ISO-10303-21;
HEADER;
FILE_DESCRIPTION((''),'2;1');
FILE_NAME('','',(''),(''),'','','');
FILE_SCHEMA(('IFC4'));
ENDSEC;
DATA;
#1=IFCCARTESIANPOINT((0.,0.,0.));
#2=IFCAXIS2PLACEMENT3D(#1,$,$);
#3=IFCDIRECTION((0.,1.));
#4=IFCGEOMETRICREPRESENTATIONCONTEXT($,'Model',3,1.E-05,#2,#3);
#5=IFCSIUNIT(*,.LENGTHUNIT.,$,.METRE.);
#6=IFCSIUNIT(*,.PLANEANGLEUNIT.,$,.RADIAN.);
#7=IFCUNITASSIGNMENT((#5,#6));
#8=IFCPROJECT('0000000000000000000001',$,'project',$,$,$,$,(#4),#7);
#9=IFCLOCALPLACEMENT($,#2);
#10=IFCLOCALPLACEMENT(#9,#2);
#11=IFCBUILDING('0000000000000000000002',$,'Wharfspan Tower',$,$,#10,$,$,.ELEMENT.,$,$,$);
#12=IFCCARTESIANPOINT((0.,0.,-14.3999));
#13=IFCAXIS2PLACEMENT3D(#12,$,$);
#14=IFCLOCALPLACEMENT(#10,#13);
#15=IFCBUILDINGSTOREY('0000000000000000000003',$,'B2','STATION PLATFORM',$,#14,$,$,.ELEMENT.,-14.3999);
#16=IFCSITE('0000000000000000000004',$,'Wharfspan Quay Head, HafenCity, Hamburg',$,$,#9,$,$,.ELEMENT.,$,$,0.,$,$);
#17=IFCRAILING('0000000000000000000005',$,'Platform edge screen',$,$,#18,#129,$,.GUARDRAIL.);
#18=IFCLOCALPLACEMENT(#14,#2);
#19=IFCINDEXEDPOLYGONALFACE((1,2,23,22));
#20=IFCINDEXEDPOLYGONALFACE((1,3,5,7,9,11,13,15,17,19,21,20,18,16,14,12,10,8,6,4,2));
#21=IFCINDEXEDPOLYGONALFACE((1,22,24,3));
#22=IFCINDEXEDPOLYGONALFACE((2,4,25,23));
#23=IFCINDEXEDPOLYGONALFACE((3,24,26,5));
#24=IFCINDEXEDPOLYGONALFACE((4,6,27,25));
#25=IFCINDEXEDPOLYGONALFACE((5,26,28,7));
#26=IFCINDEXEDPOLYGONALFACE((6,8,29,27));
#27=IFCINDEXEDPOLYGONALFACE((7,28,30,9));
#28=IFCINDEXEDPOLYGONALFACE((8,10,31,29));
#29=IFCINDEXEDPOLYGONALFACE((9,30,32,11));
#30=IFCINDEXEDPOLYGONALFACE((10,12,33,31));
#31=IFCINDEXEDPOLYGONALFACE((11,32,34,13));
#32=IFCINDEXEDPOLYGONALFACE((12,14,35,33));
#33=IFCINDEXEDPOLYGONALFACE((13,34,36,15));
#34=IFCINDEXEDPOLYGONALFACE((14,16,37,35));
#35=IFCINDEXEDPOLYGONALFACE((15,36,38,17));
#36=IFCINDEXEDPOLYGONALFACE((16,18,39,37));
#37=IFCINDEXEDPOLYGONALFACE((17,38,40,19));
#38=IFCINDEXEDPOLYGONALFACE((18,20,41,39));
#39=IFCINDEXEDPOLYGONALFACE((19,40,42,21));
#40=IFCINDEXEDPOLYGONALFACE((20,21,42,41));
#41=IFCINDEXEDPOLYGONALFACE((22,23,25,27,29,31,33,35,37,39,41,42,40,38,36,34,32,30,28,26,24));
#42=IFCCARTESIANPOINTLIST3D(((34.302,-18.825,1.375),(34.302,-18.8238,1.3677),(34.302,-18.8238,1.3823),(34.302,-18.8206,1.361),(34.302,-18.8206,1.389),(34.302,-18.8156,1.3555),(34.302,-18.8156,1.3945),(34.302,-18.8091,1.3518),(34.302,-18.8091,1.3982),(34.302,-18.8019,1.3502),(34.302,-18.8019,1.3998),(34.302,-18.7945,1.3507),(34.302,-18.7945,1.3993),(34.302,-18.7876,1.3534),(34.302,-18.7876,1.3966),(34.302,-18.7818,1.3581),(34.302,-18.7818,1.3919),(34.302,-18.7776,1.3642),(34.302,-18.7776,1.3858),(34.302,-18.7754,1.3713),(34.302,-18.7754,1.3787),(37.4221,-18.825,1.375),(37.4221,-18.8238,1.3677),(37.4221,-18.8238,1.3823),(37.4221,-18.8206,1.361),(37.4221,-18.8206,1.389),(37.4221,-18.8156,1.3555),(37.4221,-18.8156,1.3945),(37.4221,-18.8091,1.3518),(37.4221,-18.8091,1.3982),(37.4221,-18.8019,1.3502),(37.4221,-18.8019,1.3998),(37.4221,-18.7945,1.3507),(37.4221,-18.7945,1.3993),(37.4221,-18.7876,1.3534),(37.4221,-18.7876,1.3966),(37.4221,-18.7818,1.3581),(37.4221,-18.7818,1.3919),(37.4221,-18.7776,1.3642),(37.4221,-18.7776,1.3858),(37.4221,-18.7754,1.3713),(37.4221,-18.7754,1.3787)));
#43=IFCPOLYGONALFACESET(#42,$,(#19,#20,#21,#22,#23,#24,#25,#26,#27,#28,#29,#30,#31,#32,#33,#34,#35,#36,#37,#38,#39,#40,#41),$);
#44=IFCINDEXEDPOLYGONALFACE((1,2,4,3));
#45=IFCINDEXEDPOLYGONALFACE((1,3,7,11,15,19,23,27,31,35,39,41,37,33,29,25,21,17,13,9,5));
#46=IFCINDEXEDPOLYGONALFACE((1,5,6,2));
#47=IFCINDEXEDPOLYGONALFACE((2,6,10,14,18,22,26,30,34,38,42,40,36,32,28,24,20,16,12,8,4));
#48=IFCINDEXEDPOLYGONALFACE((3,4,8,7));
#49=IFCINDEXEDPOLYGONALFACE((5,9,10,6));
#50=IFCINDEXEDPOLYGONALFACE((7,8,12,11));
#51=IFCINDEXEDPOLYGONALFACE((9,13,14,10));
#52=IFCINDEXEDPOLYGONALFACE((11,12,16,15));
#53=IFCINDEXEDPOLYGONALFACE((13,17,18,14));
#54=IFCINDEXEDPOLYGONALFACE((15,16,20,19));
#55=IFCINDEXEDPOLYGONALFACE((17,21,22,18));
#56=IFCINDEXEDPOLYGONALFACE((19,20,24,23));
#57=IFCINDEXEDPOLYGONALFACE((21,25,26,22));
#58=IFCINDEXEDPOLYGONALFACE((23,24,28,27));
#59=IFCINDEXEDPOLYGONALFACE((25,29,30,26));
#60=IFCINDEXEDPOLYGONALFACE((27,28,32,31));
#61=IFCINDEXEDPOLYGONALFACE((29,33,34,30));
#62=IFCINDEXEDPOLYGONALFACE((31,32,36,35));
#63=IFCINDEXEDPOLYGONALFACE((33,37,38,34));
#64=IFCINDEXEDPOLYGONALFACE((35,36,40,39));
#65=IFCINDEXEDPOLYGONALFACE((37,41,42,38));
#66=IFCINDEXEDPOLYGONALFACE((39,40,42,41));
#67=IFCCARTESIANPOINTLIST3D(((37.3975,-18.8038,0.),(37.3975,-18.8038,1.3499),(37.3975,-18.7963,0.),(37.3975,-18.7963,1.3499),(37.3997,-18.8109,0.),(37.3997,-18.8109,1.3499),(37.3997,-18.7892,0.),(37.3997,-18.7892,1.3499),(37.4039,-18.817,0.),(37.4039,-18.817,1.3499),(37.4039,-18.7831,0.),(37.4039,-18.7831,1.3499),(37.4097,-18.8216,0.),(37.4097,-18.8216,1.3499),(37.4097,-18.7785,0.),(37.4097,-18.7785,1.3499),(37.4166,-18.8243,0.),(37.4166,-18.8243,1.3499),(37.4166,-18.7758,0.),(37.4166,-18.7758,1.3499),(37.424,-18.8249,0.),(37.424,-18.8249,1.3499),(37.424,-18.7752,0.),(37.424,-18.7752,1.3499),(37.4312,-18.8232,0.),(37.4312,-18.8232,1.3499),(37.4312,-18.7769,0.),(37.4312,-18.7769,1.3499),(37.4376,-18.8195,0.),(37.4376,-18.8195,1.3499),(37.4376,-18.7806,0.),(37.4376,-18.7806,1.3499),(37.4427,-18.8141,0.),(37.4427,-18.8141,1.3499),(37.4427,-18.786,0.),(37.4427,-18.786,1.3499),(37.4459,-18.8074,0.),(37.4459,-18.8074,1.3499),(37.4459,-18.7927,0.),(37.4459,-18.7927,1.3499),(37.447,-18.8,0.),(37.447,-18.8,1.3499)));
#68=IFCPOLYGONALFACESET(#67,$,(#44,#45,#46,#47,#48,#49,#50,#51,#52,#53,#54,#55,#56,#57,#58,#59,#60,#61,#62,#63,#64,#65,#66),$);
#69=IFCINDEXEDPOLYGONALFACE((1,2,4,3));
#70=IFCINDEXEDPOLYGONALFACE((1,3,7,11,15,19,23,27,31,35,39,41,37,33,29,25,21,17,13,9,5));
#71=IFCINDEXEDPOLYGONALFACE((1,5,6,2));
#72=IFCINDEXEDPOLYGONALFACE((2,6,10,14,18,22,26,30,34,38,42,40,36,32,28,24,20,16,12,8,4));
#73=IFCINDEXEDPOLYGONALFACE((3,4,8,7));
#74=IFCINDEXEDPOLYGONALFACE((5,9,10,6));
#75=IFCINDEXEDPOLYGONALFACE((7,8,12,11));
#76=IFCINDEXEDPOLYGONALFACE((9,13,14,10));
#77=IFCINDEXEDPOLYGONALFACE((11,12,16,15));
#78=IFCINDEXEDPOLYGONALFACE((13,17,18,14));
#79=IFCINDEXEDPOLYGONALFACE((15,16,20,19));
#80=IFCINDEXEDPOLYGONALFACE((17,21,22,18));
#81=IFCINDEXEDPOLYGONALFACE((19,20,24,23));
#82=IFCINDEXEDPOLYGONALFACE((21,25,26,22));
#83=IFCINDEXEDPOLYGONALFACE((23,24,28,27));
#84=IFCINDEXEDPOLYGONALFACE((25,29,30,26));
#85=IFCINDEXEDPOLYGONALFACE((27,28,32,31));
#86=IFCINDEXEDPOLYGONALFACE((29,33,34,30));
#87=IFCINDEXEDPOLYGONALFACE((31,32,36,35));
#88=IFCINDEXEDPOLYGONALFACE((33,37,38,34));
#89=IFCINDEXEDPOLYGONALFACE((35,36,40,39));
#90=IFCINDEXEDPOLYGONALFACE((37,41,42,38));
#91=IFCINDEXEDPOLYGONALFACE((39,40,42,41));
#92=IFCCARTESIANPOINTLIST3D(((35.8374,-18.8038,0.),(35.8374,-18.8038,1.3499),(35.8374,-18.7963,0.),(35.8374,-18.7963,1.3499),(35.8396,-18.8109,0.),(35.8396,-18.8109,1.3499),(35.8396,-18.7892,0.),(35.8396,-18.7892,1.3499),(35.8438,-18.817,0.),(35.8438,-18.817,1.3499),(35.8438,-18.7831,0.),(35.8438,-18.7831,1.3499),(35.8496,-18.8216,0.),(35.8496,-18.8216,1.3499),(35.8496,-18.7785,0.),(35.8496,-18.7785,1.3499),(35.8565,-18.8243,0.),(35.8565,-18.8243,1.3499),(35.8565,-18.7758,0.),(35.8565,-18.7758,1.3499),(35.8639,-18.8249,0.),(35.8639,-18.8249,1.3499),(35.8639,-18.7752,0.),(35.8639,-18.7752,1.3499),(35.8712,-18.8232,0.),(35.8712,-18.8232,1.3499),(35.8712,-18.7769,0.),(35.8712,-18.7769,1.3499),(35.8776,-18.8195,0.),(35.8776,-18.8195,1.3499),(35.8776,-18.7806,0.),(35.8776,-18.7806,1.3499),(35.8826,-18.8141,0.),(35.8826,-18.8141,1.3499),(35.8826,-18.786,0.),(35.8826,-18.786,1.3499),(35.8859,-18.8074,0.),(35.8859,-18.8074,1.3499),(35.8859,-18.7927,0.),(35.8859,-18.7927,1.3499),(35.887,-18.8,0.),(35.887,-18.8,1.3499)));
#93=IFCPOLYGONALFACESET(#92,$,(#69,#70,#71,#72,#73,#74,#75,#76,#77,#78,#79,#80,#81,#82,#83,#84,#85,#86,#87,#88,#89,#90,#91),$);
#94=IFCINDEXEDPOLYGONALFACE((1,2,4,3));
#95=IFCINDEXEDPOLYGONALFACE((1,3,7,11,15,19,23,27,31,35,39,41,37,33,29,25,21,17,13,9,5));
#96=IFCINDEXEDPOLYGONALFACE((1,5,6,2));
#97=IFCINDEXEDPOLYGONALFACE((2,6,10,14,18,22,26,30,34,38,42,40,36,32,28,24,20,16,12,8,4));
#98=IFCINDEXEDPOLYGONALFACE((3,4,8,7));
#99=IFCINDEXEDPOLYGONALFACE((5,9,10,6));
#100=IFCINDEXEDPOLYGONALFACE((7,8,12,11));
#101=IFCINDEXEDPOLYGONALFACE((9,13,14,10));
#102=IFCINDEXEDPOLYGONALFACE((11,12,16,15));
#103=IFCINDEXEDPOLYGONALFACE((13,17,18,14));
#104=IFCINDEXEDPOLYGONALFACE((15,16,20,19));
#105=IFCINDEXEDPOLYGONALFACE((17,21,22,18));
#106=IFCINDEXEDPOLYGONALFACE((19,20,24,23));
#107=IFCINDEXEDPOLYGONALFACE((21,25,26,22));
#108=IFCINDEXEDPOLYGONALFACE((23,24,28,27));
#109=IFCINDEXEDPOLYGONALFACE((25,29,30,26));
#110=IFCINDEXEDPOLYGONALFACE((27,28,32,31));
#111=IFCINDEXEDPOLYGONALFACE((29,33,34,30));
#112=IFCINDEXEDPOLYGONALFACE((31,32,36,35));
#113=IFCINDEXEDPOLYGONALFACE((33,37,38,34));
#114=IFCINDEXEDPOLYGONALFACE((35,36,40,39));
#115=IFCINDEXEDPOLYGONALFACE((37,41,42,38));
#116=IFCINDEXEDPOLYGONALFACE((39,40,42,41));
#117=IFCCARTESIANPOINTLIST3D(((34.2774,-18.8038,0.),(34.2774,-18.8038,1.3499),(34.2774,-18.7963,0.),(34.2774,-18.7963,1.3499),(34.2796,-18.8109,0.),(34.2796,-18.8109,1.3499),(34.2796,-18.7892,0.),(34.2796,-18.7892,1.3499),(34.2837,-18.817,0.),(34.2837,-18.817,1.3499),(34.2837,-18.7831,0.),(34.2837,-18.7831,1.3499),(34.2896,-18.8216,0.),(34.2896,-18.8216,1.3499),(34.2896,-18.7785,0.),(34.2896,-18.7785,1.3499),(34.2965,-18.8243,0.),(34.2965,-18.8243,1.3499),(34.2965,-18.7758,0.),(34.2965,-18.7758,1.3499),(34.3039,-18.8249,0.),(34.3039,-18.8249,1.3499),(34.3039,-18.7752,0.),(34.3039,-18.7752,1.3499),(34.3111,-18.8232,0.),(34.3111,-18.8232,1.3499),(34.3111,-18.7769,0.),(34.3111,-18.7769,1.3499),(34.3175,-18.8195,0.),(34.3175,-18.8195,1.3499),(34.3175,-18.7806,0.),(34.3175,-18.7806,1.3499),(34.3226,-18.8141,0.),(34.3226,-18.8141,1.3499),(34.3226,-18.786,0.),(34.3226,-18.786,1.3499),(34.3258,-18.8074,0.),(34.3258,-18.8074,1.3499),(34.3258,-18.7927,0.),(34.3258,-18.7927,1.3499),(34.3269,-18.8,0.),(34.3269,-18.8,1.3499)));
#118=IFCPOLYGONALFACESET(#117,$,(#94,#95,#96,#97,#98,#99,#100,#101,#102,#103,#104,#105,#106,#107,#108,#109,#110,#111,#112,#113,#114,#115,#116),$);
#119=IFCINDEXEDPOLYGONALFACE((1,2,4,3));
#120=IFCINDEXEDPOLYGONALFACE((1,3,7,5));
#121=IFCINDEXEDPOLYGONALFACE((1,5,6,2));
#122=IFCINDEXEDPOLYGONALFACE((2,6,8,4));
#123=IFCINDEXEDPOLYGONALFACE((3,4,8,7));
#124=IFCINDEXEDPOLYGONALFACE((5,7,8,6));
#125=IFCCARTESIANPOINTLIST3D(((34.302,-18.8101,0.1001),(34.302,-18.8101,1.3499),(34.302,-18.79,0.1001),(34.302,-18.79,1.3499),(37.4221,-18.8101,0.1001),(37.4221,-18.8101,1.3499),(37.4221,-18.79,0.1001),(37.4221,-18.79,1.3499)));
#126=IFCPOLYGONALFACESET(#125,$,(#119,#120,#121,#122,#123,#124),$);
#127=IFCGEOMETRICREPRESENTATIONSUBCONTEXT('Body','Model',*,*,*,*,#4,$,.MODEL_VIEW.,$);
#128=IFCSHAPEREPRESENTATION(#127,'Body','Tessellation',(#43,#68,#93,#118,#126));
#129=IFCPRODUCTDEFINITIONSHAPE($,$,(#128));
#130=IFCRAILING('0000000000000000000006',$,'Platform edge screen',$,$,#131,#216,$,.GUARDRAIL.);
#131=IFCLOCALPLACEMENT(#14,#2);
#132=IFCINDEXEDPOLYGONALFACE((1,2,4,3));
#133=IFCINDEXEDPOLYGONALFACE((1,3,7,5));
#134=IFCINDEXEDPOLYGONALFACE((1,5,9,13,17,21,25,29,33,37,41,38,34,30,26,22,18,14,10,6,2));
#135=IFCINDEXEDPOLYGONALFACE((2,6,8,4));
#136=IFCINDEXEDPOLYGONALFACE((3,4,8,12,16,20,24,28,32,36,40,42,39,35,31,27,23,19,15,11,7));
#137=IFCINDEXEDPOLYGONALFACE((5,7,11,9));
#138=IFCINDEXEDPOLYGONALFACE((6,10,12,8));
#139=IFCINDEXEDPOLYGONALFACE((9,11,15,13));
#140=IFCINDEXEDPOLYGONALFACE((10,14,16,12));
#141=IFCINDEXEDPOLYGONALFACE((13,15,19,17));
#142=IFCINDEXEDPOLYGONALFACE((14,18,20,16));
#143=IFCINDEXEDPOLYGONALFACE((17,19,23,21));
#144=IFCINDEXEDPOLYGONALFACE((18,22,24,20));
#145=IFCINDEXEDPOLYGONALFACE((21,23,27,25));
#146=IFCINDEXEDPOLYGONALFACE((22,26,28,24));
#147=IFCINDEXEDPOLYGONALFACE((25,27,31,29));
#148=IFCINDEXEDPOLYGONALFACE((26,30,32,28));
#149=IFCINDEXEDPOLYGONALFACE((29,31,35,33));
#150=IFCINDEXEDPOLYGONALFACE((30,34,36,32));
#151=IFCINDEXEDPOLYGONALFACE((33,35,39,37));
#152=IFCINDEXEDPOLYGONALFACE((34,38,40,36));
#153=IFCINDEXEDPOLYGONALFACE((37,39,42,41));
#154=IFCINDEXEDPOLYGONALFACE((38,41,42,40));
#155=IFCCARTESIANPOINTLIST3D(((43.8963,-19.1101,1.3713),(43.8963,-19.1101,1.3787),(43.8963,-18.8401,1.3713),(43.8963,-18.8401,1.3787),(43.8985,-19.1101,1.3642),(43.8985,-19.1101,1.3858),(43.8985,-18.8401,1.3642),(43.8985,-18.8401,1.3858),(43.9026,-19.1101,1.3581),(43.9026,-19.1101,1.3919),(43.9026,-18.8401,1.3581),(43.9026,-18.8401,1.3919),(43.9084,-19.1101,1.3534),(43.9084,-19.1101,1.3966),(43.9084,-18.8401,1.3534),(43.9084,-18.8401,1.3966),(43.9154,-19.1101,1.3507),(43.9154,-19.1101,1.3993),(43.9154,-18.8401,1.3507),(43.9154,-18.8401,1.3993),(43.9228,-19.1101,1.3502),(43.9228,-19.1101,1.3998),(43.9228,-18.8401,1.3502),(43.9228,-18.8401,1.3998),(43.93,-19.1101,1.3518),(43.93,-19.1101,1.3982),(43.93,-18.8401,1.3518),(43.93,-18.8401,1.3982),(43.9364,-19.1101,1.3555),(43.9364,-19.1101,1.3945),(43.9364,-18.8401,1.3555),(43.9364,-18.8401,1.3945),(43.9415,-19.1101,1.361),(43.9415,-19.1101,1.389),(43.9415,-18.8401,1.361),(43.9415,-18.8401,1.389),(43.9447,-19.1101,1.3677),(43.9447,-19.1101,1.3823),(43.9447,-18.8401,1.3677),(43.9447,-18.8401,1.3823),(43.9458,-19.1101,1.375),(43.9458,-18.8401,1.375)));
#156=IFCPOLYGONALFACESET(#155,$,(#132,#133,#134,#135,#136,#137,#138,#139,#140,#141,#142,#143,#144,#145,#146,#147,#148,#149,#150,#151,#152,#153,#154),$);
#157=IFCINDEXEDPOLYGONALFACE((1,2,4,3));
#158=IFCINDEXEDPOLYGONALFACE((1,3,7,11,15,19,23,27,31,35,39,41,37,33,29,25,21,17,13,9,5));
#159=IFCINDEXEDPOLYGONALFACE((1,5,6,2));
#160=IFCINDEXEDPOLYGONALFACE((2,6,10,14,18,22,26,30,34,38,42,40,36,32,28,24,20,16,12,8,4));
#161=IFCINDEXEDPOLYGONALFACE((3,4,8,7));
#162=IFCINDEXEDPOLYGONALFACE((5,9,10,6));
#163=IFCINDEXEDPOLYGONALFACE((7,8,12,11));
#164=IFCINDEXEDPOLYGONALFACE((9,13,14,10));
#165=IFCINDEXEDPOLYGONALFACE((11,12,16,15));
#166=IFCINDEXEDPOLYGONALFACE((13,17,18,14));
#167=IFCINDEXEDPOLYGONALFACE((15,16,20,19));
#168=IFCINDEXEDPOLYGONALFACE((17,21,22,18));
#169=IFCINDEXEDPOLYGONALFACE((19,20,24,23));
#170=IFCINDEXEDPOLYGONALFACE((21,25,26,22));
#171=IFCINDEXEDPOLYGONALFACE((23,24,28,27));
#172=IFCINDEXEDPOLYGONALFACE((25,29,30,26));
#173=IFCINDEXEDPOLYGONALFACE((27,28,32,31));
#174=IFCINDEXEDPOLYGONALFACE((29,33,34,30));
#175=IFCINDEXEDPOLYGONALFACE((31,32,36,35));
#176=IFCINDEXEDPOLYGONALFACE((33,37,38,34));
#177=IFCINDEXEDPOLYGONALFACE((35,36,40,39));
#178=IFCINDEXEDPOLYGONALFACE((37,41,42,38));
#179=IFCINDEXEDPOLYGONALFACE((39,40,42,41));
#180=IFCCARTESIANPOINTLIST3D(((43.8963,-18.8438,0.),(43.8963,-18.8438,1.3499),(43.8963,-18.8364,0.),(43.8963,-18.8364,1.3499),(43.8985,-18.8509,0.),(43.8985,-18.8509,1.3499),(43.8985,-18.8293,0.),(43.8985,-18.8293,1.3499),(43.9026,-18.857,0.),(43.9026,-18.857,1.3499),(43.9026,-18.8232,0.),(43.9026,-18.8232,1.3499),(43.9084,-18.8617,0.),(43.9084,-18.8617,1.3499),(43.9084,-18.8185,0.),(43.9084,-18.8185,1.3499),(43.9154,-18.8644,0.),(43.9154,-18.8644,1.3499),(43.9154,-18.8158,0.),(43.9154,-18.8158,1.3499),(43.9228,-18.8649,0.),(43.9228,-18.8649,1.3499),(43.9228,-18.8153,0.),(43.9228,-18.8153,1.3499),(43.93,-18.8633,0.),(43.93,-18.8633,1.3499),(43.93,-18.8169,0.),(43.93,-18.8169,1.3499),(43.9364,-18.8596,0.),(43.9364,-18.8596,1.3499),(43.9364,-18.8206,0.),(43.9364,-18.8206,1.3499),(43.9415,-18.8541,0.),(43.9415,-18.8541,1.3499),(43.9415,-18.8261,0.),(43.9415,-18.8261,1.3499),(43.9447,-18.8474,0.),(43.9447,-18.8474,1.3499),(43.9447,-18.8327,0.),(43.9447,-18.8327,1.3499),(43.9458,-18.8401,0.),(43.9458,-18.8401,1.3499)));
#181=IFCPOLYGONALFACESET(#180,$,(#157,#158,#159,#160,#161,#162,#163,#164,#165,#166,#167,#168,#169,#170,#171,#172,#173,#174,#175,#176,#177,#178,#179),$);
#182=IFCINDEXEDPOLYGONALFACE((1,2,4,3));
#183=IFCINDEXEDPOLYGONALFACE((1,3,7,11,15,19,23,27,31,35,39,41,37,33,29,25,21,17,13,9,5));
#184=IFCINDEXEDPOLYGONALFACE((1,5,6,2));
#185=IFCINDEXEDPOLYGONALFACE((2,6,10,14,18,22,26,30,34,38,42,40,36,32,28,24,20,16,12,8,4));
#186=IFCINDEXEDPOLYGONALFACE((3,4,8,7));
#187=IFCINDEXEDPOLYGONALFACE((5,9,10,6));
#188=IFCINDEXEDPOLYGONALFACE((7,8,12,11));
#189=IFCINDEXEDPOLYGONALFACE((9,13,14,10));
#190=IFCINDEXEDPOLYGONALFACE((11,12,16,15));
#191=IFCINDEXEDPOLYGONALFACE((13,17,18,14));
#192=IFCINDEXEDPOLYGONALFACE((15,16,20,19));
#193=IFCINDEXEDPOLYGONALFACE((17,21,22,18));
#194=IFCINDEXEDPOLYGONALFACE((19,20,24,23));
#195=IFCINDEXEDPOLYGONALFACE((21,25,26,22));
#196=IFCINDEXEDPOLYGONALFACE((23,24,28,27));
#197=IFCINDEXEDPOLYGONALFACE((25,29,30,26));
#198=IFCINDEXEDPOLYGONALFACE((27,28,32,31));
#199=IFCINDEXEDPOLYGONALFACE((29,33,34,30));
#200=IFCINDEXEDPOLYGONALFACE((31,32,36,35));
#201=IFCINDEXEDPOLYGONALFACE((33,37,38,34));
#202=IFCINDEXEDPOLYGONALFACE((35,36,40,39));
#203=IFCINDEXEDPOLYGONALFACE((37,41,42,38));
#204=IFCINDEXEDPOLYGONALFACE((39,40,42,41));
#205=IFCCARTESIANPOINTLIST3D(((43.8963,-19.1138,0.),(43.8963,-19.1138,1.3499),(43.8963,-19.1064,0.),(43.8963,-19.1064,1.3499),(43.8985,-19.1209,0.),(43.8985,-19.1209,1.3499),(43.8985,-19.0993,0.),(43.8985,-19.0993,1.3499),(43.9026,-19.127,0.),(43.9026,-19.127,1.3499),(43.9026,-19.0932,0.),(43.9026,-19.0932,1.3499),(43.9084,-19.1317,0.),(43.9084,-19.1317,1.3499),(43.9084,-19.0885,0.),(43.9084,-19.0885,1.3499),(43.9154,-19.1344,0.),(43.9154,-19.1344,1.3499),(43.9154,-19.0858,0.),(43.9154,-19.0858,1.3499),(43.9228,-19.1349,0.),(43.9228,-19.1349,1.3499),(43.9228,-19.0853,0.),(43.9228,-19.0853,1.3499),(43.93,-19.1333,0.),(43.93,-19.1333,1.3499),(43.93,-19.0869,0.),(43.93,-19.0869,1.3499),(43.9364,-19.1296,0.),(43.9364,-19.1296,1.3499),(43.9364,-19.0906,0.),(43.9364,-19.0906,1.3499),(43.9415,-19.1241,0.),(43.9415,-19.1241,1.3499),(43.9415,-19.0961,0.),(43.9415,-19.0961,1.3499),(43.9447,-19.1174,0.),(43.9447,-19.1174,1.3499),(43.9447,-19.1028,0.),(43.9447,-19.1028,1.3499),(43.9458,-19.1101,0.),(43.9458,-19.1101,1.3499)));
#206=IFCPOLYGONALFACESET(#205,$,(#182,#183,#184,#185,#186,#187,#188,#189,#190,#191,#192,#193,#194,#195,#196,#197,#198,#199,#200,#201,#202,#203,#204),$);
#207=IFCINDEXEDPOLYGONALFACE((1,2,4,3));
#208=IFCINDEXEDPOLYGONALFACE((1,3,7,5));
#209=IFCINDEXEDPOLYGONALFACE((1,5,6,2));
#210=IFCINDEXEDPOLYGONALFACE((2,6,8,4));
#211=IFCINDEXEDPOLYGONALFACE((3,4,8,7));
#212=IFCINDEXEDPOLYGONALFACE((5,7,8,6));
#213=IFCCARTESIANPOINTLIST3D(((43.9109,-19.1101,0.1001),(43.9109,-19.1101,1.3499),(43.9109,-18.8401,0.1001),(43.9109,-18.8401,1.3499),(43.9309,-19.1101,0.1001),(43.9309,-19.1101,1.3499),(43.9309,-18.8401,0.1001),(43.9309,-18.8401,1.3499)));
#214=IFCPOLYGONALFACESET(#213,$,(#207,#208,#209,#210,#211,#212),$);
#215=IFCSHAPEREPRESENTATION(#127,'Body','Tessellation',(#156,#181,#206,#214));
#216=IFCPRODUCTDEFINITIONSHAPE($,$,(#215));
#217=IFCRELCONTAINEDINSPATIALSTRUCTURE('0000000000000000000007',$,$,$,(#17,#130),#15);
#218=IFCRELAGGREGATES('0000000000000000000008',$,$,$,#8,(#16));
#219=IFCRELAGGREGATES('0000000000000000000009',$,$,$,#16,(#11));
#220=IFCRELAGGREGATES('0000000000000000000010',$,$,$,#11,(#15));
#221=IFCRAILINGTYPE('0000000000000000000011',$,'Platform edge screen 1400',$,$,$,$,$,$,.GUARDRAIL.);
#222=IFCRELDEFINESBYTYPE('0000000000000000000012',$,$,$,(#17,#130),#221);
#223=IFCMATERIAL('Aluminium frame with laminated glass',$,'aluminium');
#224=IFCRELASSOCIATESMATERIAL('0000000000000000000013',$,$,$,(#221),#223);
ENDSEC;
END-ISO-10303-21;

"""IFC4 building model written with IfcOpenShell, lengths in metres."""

from ifc_helpers import new_model, si_unit, direction, frame, origin, origin_2d, place, context, subcontext, project, spatial, rectangle, circle, extrude, material, type_object, element, save


model = new_model("IFC4")

# Units and contexts
model_context = context("Model", 3, precision=1e-05, world=origin(), true_north=direction((0.0, 1.0)))
body_context = subcontext(model_context, "Body", "Model", "MODEL_VIEW")
ifc_project = project(units=[si_unit("LENGTHUNIT", "METRE"), si_unit("PLANEANGLEUNIT", "RADIAN")], contexts=[model_context])

# Site, building, storey
site_placement = place(None, origin())
site = spatial("IfcSite", under=ifc_project, at=site_placement, Name="Wharfspan Quay Head, HafenCity, Hamburg", CompositionType="ELEMENT", RefElevation=0.0)
building_placement = place(site_placement, origin())
building = spatial("IfcBuilding", under=site, at=building_placement, Name="Wharfspan Tower", CompositionType="ELEMENT")
storey_placement = place(building_placement, frame((0.0, 0.0, -14.3999)))
storey = spatial("IfcBuildingStorey", under=building, at=storey_placement, Name="B2", Description="STATION PLATFORM", CompositionType="ELEMENT", Elevation=-14.3999)

# Railings
ifc_material_1 = material(Name="Aluminium frame with laminated glass", Category="aluminium")
railing_type_1 = type_object("IfcRailingType", Name="Platform edge screen 1400", PredefinedType="GUARDRAIL", material=ifc_material_1)
railing_1_placement = place(storey_placement, frame((37.4221, -18.8, 0.0)))
element("IfcRailing", 1, at=railing_1_placement, inside=storey, type_object=railing_type_1, Name="Platform edge screen", PredefinedType="GUARDRAIL", context=body_context, shape_type="SweptSolid", body=[
    extrude(circle(Radius=0.0249, at=origin_2d()), frame((0.0, 0.0, 1.375), z_axis=(-1.0, 0.0, 0.0), x_axis=(0.0, -1.0, 0.0)), (0.0, 0.0, 1.0), 3.1201),
    extrude(circle(Radius=0.0249, at=origin_2d()), origin(), (0.0, 0.0, 1.0), 1.3499),
    extrude(circle(Radius=0.0249, at=origin_2d()), frame((-1.5601, 0.0, 0.0)), (0.0, 0.0, 1.0), 1.3499),
    extrude(circle(Radius=0.0249, at=origin_2d()), frame((-3.1201, 0.0, 0.0)), (0.0, 0.0, 1.0), 1.3499),
    extrude(rectangle(XDim=3.1201, YDim=0.02, at=origin_2d()), frame((-1.5601, 0.0, 0.1001), z_axis=(0.0, 0.0, 1.0), x_axis=(-1.0, 0.0, 0.0)), (0.0, 0.0, 1.0), 1.2498),
])
railing_2_placement = place(storey_placement, frame((43.9209, -18.8401, 0.0)))
element("IfcRailing", 2, at=railing_2_placement, inside=storey, type_object=railing_type_1, Name="Platform edge screen", PredefinedType="GUARDRAIL", context=body_context, shape_type="SweptSolid", body=[
    extrude(circle(Radius=0.0249, at=origin_2d()), frame((0.0, 0.0, 1.375), z_axis=(0.0, -1.0, 0.0), x_axis=(1.0, 0.0, 0.0)), (0.0, 0.0, 1.0), 0.27),
    extrude(circle(Radius=0.0249, at=origin_2d()), origin(), (0.0, 0.0, 1.0), 1.3499),
    extrude(circle(Radius=0.0249, at=origin_2d()), frame((0.0, -0.27, 0.0)), (0.0, 0.0, 1.0), 1.3499),
    extrude(rectangle(XDim=0.27, YDim=0.02, at=origin_2d()), frame((0.0, -0.135, 0.1001), z_axis=(0.0, 0.0, 1.0), x_axis=(0.0, -1.0, 0.0)), (0.0, 0.0, 1.0), 1.2498),
])

save(model, "model.ifc")
